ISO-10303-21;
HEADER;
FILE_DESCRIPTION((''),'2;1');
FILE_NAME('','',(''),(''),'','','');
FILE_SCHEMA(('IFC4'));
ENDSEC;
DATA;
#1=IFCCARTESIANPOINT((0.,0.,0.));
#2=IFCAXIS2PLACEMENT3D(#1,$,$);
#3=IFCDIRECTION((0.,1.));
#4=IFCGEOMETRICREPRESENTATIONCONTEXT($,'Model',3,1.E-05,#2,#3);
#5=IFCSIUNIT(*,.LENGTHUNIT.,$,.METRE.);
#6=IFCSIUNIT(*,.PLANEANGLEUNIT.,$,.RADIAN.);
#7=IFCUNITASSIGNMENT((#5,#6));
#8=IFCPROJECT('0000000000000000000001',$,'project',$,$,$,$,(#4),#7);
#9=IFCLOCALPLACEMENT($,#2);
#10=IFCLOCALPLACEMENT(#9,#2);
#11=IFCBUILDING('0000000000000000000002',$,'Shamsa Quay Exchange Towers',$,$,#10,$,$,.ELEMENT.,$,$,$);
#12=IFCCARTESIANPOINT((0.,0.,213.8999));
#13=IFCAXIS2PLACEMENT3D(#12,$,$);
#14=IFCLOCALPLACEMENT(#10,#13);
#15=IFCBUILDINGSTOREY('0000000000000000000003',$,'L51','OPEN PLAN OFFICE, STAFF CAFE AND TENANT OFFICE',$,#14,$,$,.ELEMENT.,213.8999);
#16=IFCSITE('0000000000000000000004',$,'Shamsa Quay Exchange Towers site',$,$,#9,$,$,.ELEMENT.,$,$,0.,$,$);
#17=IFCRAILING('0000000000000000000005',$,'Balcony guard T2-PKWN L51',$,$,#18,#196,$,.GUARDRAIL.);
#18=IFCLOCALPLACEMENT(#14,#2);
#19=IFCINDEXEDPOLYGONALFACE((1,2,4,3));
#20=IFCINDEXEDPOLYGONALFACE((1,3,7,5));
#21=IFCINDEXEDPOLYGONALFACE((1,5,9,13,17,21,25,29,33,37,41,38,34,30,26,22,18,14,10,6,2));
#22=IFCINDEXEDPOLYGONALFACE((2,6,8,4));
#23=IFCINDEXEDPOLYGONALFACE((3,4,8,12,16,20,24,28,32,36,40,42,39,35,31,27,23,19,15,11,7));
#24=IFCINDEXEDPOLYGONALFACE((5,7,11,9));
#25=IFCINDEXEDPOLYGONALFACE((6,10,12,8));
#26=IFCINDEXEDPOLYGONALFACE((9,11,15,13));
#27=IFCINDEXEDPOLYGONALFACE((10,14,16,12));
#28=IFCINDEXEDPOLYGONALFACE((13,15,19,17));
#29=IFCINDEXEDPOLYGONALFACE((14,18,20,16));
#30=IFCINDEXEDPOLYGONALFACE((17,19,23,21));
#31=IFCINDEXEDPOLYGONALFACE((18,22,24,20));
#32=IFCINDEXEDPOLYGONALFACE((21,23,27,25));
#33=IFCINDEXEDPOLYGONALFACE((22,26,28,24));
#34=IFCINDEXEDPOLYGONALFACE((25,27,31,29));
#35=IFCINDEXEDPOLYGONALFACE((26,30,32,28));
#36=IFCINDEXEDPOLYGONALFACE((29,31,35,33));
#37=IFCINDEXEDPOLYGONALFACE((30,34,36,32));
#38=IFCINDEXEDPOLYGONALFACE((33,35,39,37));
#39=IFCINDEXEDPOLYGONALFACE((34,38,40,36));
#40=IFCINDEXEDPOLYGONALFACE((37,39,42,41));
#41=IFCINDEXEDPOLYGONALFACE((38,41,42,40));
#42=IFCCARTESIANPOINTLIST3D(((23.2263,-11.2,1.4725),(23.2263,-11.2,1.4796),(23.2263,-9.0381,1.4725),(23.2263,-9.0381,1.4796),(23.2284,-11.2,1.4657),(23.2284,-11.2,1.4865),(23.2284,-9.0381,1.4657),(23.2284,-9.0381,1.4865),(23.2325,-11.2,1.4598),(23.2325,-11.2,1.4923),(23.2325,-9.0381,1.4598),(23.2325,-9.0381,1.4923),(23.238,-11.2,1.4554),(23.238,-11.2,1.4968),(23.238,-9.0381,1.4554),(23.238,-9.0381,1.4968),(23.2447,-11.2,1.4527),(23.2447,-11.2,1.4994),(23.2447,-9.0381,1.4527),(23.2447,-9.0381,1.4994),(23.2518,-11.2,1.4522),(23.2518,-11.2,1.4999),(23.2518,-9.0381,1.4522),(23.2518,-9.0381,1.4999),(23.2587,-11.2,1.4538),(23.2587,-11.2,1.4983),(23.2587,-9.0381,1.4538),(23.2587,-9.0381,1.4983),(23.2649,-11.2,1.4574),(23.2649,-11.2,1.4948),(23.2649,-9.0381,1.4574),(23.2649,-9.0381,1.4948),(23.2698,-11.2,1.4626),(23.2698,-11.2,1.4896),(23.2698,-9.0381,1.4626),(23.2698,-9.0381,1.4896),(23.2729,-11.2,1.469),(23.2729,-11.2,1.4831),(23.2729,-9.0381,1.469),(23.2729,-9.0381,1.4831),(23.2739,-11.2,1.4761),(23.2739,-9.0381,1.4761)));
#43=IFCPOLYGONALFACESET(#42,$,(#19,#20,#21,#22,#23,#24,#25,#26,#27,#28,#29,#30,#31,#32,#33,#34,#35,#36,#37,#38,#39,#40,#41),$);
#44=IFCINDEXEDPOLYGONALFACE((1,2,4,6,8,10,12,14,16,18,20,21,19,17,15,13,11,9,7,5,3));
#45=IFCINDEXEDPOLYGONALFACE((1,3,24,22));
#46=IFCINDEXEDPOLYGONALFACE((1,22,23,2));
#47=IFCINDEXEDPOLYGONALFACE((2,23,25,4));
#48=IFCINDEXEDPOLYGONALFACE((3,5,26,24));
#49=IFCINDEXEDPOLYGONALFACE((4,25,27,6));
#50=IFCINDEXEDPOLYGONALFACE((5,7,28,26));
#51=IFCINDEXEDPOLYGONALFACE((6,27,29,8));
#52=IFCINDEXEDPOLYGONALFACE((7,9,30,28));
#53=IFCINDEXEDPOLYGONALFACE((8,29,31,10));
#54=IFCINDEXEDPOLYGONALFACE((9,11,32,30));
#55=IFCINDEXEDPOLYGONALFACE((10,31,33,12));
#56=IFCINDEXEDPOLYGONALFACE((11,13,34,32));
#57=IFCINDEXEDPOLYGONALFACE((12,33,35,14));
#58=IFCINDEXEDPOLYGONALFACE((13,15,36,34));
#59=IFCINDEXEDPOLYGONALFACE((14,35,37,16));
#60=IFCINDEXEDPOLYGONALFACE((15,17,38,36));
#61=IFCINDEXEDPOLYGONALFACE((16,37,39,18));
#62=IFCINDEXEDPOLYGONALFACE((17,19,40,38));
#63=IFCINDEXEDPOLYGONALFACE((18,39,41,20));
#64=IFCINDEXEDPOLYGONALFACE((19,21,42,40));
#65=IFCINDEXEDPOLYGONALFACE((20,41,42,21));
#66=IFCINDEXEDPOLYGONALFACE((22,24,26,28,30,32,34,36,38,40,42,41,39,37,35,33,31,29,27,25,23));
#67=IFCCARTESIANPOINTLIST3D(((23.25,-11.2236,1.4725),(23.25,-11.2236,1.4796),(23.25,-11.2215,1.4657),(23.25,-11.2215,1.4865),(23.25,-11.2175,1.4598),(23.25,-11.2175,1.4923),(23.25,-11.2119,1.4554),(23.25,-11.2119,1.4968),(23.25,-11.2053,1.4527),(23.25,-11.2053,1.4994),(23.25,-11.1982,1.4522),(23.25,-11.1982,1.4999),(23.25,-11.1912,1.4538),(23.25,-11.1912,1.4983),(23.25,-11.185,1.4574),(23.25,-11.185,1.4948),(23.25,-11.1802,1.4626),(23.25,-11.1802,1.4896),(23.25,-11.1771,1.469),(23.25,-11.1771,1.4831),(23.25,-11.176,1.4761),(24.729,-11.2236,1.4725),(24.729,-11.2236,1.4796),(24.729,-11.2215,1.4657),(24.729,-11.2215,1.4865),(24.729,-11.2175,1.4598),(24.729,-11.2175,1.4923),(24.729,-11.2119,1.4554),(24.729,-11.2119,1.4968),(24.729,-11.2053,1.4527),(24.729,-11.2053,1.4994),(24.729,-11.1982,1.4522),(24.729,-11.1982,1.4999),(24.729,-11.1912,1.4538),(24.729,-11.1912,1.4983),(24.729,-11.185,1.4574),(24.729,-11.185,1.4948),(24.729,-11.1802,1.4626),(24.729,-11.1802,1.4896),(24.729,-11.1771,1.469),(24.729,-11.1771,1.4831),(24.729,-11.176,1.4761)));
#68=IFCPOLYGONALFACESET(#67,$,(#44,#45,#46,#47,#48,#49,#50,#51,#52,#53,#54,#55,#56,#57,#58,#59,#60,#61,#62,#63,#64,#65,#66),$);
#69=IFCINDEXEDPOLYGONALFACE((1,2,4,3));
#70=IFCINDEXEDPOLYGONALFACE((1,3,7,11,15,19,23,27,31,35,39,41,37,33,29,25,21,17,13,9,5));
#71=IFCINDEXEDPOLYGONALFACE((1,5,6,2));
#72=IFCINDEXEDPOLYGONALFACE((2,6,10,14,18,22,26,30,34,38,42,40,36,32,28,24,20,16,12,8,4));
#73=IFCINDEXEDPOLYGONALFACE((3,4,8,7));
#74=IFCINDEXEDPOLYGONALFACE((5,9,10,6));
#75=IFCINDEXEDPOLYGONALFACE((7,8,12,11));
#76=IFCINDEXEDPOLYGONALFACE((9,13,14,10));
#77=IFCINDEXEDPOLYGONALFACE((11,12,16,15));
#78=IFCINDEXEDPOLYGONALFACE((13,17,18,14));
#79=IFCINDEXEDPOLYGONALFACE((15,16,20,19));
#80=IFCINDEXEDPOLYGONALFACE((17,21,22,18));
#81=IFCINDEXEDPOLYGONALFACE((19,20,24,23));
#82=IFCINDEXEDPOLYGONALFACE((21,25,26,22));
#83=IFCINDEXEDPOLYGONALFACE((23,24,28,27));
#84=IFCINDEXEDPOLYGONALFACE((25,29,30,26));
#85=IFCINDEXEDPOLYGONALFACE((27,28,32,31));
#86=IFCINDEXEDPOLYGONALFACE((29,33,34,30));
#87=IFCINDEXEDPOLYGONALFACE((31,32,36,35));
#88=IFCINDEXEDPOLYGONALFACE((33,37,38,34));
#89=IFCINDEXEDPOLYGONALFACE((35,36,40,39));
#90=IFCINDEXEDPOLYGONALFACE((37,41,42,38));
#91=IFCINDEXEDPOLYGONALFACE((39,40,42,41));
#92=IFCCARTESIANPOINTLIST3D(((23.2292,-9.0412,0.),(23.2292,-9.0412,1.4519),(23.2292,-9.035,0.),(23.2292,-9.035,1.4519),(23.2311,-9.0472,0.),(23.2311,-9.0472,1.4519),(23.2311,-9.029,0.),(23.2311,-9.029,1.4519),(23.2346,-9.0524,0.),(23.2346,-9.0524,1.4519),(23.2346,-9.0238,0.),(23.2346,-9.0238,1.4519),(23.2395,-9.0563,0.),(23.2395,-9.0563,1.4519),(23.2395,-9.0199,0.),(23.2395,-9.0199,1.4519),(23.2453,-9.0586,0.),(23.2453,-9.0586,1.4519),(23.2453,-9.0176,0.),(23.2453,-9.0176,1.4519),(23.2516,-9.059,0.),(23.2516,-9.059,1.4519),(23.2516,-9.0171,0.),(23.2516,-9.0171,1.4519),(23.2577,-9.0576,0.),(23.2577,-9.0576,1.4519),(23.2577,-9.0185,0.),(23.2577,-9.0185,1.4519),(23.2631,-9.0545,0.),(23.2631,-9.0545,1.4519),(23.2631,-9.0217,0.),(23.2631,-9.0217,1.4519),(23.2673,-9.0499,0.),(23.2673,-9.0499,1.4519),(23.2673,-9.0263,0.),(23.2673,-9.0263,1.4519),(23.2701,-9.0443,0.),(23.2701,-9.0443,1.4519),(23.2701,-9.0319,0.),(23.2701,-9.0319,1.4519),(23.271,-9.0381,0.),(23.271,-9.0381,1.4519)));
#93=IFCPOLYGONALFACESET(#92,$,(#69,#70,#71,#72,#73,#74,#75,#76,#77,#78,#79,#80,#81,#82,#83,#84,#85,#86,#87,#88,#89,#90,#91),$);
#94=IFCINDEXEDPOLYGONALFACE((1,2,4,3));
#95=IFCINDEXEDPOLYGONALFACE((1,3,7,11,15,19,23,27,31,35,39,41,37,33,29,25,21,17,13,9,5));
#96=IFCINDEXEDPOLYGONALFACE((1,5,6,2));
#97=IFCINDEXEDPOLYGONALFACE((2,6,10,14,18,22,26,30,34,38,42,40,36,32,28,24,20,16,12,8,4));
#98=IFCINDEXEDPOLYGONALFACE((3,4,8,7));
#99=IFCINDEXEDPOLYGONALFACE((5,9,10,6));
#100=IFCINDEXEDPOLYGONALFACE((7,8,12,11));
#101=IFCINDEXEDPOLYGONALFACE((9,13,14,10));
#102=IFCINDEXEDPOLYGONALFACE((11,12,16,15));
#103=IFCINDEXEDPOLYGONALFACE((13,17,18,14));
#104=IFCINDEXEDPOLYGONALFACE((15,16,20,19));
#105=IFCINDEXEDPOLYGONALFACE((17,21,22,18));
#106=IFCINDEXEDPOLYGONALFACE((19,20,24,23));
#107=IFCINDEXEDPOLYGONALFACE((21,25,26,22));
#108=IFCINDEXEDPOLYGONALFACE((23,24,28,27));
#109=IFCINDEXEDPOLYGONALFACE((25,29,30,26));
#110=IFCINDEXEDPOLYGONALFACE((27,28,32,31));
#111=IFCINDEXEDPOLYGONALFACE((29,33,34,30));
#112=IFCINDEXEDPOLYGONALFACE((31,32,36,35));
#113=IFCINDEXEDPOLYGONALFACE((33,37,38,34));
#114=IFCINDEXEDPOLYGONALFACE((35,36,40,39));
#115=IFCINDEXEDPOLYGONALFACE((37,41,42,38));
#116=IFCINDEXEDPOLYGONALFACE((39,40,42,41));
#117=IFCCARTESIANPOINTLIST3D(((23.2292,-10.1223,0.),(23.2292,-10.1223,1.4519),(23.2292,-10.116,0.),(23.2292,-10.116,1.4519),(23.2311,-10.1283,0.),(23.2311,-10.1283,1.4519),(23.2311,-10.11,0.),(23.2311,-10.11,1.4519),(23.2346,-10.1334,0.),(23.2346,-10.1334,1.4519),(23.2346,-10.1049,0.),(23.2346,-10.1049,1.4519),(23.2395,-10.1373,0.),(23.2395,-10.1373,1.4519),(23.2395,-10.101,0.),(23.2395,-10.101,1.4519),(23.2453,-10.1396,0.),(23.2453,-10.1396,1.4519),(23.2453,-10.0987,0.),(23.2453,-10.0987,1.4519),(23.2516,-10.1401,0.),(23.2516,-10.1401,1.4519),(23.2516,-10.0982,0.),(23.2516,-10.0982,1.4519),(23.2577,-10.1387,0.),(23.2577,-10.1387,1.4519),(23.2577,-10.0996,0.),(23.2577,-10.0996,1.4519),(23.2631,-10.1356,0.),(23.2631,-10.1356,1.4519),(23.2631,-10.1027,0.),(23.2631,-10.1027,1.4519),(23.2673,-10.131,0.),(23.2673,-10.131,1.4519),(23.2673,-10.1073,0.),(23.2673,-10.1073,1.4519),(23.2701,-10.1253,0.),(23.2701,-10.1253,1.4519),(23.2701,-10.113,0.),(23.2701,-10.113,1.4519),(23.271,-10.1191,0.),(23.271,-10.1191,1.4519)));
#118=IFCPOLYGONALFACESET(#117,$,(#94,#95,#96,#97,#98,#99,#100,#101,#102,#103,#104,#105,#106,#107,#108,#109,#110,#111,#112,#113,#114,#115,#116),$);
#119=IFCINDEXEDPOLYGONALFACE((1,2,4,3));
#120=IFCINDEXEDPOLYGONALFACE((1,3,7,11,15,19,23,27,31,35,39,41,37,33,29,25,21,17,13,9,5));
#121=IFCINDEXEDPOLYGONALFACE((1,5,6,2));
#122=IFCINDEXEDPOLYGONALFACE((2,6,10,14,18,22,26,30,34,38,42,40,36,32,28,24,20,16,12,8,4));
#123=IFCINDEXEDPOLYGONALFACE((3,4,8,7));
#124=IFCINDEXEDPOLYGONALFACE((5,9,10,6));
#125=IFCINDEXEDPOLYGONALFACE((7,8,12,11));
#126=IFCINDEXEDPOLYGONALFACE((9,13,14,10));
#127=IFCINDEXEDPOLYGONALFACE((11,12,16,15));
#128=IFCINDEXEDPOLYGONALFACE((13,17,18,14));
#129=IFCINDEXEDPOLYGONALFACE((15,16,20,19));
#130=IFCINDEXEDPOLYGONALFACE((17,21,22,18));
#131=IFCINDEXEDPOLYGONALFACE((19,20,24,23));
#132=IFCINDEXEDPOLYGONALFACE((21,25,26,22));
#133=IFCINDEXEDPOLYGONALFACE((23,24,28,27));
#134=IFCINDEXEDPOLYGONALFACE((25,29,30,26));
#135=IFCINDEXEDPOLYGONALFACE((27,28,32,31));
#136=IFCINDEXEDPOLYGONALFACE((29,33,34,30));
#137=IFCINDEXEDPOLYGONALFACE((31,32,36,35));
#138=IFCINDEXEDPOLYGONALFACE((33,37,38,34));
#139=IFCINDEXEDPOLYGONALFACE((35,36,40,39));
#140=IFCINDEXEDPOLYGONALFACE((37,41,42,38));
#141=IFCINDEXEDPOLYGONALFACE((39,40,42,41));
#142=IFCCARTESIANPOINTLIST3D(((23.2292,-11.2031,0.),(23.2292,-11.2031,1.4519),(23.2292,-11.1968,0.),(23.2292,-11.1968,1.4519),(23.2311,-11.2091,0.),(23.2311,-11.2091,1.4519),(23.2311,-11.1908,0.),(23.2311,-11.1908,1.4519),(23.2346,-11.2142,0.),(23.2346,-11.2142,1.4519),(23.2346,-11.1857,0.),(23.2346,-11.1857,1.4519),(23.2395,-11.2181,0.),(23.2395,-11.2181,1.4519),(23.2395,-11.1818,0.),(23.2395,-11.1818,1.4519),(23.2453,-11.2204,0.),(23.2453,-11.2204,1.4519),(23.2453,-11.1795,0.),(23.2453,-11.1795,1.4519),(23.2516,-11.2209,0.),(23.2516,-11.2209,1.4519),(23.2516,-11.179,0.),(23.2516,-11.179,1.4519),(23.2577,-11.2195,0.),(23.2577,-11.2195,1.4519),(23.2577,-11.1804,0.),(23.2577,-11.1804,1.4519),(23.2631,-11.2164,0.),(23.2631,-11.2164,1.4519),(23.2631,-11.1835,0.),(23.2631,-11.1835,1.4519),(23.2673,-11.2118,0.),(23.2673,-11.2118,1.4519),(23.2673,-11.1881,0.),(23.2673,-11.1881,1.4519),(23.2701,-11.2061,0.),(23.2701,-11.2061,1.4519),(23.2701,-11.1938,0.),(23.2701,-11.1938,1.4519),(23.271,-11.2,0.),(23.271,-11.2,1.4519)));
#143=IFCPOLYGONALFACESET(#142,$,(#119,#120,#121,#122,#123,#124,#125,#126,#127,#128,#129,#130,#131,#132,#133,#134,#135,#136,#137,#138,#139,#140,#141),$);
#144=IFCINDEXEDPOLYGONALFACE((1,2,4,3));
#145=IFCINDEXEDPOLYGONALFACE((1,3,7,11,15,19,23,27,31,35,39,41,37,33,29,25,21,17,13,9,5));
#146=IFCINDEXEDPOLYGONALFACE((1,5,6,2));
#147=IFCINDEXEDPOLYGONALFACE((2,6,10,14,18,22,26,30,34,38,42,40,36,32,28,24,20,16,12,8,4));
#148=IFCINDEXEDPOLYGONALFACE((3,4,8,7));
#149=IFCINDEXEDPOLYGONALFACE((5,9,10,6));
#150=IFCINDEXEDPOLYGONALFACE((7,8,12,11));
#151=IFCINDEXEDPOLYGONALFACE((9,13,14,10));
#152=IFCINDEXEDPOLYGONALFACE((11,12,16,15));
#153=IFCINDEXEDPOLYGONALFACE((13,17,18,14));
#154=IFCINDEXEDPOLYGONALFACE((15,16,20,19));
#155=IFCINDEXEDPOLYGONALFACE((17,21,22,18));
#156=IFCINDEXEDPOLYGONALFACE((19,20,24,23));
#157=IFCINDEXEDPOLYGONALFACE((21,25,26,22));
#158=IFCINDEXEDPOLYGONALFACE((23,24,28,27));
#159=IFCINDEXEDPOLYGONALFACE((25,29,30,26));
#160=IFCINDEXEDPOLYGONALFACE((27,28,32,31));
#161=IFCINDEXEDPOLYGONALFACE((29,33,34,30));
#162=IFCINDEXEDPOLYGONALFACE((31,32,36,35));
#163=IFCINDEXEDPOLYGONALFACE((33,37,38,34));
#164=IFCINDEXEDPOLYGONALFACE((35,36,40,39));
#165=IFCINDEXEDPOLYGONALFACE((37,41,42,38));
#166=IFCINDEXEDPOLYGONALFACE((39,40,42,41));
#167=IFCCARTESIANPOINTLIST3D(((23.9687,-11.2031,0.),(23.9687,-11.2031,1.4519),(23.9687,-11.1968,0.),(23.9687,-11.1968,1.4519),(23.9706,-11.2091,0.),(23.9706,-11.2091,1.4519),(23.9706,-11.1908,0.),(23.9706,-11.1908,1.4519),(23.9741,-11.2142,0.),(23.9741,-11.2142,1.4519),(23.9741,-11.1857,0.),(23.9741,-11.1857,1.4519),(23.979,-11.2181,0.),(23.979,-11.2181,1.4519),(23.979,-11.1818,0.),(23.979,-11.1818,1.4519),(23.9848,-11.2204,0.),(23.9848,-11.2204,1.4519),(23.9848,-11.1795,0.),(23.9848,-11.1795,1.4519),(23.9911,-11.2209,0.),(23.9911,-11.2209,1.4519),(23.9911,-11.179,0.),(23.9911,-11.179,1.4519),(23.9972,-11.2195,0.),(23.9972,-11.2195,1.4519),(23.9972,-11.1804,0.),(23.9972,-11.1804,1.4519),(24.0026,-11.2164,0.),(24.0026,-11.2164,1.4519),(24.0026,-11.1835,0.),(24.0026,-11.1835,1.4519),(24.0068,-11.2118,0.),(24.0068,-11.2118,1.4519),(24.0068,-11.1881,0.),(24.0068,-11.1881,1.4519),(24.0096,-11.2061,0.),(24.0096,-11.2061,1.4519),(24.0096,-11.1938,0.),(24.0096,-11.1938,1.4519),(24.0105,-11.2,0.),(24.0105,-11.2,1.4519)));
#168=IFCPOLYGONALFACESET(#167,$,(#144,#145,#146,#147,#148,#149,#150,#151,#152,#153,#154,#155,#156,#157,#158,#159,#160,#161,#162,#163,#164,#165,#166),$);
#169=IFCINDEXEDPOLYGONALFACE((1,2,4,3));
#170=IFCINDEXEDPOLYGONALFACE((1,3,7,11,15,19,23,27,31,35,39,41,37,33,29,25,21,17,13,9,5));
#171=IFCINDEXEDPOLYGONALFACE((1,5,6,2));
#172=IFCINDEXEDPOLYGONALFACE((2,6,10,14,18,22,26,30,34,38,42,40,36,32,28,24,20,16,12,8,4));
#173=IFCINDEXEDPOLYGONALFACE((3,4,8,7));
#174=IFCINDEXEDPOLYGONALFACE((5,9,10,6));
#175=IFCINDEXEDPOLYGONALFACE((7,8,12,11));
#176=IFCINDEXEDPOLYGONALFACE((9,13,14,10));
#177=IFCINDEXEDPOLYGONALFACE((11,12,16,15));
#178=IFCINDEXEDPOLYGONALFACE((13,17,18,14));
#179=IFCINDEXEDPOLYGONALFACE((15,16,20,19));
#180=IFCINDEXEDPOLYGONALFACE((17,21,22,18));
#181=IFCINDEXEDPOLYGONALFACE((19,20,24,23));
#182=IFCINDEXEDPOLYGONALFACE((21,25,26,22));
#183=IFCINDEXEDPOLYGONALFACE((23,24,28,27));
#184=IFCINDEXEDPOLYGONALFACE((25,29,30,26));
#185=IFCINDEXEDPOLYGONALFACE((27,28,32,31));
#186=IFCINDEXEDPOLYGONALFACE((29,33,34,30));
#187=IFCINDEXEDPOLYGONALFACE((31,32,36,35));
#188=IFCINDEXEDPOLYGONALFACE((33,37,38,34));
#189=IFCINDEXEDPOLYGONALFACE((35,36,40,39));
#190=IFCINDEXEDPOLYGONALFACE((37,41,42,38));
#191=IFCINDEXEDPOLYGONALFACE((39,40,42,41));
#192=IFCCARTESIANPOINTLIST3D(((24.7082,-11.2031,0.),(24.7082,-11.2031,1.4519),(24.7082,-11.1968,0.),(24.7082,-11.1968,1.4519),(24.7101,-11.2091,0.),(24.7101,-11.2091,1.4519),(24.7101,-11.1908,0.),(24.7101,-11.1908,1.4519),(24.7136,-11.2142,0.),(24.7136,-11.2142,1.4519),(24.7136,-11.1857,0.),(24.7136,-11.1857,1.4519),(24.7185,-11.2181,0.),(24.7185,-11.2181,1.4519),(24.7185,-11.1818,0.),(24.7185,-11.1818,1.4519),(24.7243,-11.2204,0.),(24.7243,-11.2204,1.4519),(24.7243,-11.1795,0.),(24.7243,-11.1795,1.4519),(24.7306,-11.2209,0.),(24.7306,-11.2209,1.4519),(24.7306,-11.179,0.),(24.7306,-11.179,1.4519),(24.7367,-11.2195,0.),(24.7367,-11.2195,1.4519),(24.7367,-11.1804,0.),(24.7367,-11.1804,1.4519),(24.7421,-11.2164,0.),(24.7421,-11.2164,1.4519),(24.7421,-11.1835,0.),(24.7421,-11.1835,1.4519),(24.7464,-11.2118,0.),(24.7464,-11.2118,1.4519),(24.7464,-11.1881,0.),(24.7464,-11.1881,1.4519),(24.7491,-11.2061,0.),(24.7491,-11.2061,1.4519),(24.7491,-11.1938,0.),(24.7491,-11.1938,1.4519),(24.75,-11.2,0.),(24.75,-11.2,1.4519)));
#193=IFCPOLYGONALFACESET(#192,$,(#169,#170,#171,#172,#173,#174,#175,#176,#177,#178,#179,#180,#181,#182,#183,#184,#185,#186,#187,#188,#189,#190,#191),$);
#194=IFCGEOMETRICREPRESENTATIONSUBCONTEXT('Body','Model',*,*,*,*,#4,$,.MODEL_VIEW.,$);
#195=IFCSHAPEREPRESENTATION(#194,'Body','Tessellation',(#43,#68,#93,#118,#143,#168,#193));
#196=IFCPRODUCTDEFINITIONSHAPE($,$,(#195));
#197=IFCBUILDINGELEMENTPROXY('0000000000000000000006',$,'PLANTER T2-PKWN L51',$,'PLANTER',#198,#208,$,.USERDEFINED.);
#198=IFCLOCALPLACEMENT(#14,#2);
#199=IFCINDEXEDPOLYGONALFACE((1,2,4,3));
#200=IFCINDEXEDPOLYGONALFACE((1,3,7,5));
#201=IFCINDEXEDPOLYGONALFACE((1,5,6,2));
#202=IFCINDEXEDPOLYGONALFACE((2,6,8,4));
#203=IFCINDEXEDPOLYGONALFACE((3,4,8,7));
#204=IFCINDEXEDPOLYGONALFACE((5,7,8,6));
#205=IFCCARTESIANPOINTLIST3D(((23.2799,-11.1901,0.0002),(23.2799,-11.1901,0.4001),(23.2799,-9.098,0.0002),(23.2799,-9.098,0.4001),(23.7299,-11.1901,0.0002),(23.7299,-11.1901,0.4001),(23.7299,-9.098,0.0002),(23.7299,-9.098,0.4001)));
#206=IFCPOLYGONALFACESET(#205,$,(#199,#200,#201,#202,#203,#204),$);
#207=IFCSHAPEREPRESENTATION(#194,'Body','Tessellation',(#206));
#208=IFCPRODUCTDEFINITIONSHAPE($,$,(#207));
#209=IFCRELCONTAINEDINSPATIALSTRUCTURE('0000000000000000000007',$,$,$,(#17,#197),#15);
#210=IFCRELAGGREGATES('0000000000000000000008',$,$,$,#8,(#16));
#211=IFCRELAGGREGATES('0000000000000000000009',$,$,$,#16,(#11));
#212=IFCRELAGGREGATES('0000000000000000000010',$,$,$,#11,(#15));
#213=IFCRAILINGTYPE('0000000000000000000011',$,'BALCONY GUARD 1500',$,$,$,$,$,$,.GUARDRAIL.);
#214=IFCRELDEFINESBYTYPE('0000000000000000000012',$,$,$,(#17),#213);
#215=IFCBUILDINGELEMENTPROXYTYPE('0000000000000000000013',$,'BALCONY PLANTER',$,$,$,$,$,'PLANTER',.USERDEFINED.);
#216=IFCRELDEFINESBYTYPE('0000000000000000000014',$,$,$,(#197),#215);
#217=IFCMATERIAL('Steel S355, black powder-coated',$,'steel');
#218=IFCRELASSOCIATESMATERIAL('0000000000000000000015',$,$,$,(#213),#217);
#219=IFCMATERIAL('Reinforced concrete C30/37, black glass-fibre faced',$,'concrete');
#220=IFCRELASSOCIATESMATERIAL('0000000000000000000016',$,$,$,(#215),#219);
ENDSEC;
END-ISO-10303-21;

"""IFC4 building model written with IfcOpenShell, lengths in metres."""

from ifc_helpers import new_model, si_unit, direction, frame, origin, origin_2d, place, context, subcontext, project, spatial, rectangle, circle, extrude, material, type_object, element, save


model = new_model("IFC4")

# Units and contexts
model_context = context("Model", 3, precision=1e-05, world=origin(), true_north=direction((0.0, 1.0)))
body_context = subcontext(model_context, "Body", "Model", "MODEL_VIEW")
ifc_project = project(units=[si_unit("LENGTHUNIT", "METRE"), si_unit("PLANEANGLEUNIT", "RADIAN")], contexts=[model_context])

# Site, building, storey
site_placement = place(None, origin())
site = spatial("IfcSite", under=ifc_project, at=site_placement, Name="Shamsa Quay Exchange Towers site", CompositionType="ELEMENT", RefElevation=0.0)
building_placement = place(site_placement, origin())
building = spatial("IfcBuilding", under=site, at=building_placement, Name="Shamsa Quay Exchange Towers", CompositionType="ELEMENT")
storey_placement = place(building_placement, frame((0.0, 0.0, 213.8999)))
storey = spatial("IfcBuildingStorey", under=building, at=storey_placement, Name="L51", Description="OPEN PLAN OFFICE, STAFF CAFE AND TENANT OFFICE", CompositionType="ELEMENT", Elevation=213.8999)

# Railing
ifc_material_1 = material(Name="Steel S355, black powder-coated", Category="steel")
railing_type = type_object("IfcRailingType", Name="BALCONY GUARD 1500", PredefinedType="GUARDRAIL", material=ifc_material_1)
railing_placement = place(storey_placement, frame((23.25, -9.0381, 0.0)))
element("IfcRailing", 1, at=railing_placement, inside=storey, type_object=railing_type, Name="Balcony guard T2-PKWN L51", PredefinedType="GUARDRAIL", context=body_context, shape_type="SweptSolid", body=[
    extrude(circle(Radius=0.0239, at=origin_2d()), frame((0.0, 0.0, 1.4761), z_axis=(0.0, -1.0, 0.0), x_axis=(1.0, 0.0, 0.0)), (0.0, 0.0, 1.0), 2.1619),
    extrude(circle(Radius=0.0239, at=origin_2d()), frame((0.0, -2.1619, 1.4761), z_axis=(1.0, 0.0, 0.0), x_axis=(0.0, 1.0, 0.0)), (0.0, 0.0, 1.0), 1.479),
    extrude(circle(Radius=0.021, at=origin_2d()), origin(), (0.0, 0.0, 1.0), 1.4519),
    extrude(circle(Radius=0.021, at=origin_2d()), frame((0.0, -1.0811, 0.0)), (0.0, 0.0, 1.0), 1.4519),
    extrude(circle(Radius=0.021, at=origin_2d()), frame((0.0, -2.1619, 0.0)), (0.0, 0.0, 1.0), 1.4519),
    extrude(circle(Radius=0.021, at=origin_2d()), frame((0.7395, -2.1619, 0.0)), (0.0, 0.0, 1.0), 1.4519),
    extrude(circle(Radius=0.021, at=origin_2d()), frame((1.479, -2.1619, 0.0)), (0.0, 0.0, 1.0), 1.4519),
])

# Building element proxy
ifc_material_2 = material(Name="Reinforced concrete C30/37, black glass-fibre faced", Category="concrete")
building_element_proxy_type = type_object("IfcBuildingElementProxyType", Name="BALCONY PLANTER", ElementType="PLANTER", PredefinedType="USERDEFINED", material=ifc_material_2)
proxy_placement = place(storey_placement, frame((23.5049, -10.144, 0.0002), z_axis=(0.0, 0.0, 1.0), x_axis=(0.0, -1.0, 0.0)))
element("IfcBuildingElementProxy", 2, at=proxy_placement, inside=storey, type_object=building_element_proxy_type, Name="PLANTER T2-PKWN L51", ObjectType="PLANTER", PredefinedType="USERDEFINED", context=body_context, shape_type="SweptSolid", body=[
    extrude(rectangle(XDim=2.092, YDim=0.45, at=origin_2d()), origin(), (0.0, 0.0, 1.0), 0.3999),
])

save(model, "model.ifc")
